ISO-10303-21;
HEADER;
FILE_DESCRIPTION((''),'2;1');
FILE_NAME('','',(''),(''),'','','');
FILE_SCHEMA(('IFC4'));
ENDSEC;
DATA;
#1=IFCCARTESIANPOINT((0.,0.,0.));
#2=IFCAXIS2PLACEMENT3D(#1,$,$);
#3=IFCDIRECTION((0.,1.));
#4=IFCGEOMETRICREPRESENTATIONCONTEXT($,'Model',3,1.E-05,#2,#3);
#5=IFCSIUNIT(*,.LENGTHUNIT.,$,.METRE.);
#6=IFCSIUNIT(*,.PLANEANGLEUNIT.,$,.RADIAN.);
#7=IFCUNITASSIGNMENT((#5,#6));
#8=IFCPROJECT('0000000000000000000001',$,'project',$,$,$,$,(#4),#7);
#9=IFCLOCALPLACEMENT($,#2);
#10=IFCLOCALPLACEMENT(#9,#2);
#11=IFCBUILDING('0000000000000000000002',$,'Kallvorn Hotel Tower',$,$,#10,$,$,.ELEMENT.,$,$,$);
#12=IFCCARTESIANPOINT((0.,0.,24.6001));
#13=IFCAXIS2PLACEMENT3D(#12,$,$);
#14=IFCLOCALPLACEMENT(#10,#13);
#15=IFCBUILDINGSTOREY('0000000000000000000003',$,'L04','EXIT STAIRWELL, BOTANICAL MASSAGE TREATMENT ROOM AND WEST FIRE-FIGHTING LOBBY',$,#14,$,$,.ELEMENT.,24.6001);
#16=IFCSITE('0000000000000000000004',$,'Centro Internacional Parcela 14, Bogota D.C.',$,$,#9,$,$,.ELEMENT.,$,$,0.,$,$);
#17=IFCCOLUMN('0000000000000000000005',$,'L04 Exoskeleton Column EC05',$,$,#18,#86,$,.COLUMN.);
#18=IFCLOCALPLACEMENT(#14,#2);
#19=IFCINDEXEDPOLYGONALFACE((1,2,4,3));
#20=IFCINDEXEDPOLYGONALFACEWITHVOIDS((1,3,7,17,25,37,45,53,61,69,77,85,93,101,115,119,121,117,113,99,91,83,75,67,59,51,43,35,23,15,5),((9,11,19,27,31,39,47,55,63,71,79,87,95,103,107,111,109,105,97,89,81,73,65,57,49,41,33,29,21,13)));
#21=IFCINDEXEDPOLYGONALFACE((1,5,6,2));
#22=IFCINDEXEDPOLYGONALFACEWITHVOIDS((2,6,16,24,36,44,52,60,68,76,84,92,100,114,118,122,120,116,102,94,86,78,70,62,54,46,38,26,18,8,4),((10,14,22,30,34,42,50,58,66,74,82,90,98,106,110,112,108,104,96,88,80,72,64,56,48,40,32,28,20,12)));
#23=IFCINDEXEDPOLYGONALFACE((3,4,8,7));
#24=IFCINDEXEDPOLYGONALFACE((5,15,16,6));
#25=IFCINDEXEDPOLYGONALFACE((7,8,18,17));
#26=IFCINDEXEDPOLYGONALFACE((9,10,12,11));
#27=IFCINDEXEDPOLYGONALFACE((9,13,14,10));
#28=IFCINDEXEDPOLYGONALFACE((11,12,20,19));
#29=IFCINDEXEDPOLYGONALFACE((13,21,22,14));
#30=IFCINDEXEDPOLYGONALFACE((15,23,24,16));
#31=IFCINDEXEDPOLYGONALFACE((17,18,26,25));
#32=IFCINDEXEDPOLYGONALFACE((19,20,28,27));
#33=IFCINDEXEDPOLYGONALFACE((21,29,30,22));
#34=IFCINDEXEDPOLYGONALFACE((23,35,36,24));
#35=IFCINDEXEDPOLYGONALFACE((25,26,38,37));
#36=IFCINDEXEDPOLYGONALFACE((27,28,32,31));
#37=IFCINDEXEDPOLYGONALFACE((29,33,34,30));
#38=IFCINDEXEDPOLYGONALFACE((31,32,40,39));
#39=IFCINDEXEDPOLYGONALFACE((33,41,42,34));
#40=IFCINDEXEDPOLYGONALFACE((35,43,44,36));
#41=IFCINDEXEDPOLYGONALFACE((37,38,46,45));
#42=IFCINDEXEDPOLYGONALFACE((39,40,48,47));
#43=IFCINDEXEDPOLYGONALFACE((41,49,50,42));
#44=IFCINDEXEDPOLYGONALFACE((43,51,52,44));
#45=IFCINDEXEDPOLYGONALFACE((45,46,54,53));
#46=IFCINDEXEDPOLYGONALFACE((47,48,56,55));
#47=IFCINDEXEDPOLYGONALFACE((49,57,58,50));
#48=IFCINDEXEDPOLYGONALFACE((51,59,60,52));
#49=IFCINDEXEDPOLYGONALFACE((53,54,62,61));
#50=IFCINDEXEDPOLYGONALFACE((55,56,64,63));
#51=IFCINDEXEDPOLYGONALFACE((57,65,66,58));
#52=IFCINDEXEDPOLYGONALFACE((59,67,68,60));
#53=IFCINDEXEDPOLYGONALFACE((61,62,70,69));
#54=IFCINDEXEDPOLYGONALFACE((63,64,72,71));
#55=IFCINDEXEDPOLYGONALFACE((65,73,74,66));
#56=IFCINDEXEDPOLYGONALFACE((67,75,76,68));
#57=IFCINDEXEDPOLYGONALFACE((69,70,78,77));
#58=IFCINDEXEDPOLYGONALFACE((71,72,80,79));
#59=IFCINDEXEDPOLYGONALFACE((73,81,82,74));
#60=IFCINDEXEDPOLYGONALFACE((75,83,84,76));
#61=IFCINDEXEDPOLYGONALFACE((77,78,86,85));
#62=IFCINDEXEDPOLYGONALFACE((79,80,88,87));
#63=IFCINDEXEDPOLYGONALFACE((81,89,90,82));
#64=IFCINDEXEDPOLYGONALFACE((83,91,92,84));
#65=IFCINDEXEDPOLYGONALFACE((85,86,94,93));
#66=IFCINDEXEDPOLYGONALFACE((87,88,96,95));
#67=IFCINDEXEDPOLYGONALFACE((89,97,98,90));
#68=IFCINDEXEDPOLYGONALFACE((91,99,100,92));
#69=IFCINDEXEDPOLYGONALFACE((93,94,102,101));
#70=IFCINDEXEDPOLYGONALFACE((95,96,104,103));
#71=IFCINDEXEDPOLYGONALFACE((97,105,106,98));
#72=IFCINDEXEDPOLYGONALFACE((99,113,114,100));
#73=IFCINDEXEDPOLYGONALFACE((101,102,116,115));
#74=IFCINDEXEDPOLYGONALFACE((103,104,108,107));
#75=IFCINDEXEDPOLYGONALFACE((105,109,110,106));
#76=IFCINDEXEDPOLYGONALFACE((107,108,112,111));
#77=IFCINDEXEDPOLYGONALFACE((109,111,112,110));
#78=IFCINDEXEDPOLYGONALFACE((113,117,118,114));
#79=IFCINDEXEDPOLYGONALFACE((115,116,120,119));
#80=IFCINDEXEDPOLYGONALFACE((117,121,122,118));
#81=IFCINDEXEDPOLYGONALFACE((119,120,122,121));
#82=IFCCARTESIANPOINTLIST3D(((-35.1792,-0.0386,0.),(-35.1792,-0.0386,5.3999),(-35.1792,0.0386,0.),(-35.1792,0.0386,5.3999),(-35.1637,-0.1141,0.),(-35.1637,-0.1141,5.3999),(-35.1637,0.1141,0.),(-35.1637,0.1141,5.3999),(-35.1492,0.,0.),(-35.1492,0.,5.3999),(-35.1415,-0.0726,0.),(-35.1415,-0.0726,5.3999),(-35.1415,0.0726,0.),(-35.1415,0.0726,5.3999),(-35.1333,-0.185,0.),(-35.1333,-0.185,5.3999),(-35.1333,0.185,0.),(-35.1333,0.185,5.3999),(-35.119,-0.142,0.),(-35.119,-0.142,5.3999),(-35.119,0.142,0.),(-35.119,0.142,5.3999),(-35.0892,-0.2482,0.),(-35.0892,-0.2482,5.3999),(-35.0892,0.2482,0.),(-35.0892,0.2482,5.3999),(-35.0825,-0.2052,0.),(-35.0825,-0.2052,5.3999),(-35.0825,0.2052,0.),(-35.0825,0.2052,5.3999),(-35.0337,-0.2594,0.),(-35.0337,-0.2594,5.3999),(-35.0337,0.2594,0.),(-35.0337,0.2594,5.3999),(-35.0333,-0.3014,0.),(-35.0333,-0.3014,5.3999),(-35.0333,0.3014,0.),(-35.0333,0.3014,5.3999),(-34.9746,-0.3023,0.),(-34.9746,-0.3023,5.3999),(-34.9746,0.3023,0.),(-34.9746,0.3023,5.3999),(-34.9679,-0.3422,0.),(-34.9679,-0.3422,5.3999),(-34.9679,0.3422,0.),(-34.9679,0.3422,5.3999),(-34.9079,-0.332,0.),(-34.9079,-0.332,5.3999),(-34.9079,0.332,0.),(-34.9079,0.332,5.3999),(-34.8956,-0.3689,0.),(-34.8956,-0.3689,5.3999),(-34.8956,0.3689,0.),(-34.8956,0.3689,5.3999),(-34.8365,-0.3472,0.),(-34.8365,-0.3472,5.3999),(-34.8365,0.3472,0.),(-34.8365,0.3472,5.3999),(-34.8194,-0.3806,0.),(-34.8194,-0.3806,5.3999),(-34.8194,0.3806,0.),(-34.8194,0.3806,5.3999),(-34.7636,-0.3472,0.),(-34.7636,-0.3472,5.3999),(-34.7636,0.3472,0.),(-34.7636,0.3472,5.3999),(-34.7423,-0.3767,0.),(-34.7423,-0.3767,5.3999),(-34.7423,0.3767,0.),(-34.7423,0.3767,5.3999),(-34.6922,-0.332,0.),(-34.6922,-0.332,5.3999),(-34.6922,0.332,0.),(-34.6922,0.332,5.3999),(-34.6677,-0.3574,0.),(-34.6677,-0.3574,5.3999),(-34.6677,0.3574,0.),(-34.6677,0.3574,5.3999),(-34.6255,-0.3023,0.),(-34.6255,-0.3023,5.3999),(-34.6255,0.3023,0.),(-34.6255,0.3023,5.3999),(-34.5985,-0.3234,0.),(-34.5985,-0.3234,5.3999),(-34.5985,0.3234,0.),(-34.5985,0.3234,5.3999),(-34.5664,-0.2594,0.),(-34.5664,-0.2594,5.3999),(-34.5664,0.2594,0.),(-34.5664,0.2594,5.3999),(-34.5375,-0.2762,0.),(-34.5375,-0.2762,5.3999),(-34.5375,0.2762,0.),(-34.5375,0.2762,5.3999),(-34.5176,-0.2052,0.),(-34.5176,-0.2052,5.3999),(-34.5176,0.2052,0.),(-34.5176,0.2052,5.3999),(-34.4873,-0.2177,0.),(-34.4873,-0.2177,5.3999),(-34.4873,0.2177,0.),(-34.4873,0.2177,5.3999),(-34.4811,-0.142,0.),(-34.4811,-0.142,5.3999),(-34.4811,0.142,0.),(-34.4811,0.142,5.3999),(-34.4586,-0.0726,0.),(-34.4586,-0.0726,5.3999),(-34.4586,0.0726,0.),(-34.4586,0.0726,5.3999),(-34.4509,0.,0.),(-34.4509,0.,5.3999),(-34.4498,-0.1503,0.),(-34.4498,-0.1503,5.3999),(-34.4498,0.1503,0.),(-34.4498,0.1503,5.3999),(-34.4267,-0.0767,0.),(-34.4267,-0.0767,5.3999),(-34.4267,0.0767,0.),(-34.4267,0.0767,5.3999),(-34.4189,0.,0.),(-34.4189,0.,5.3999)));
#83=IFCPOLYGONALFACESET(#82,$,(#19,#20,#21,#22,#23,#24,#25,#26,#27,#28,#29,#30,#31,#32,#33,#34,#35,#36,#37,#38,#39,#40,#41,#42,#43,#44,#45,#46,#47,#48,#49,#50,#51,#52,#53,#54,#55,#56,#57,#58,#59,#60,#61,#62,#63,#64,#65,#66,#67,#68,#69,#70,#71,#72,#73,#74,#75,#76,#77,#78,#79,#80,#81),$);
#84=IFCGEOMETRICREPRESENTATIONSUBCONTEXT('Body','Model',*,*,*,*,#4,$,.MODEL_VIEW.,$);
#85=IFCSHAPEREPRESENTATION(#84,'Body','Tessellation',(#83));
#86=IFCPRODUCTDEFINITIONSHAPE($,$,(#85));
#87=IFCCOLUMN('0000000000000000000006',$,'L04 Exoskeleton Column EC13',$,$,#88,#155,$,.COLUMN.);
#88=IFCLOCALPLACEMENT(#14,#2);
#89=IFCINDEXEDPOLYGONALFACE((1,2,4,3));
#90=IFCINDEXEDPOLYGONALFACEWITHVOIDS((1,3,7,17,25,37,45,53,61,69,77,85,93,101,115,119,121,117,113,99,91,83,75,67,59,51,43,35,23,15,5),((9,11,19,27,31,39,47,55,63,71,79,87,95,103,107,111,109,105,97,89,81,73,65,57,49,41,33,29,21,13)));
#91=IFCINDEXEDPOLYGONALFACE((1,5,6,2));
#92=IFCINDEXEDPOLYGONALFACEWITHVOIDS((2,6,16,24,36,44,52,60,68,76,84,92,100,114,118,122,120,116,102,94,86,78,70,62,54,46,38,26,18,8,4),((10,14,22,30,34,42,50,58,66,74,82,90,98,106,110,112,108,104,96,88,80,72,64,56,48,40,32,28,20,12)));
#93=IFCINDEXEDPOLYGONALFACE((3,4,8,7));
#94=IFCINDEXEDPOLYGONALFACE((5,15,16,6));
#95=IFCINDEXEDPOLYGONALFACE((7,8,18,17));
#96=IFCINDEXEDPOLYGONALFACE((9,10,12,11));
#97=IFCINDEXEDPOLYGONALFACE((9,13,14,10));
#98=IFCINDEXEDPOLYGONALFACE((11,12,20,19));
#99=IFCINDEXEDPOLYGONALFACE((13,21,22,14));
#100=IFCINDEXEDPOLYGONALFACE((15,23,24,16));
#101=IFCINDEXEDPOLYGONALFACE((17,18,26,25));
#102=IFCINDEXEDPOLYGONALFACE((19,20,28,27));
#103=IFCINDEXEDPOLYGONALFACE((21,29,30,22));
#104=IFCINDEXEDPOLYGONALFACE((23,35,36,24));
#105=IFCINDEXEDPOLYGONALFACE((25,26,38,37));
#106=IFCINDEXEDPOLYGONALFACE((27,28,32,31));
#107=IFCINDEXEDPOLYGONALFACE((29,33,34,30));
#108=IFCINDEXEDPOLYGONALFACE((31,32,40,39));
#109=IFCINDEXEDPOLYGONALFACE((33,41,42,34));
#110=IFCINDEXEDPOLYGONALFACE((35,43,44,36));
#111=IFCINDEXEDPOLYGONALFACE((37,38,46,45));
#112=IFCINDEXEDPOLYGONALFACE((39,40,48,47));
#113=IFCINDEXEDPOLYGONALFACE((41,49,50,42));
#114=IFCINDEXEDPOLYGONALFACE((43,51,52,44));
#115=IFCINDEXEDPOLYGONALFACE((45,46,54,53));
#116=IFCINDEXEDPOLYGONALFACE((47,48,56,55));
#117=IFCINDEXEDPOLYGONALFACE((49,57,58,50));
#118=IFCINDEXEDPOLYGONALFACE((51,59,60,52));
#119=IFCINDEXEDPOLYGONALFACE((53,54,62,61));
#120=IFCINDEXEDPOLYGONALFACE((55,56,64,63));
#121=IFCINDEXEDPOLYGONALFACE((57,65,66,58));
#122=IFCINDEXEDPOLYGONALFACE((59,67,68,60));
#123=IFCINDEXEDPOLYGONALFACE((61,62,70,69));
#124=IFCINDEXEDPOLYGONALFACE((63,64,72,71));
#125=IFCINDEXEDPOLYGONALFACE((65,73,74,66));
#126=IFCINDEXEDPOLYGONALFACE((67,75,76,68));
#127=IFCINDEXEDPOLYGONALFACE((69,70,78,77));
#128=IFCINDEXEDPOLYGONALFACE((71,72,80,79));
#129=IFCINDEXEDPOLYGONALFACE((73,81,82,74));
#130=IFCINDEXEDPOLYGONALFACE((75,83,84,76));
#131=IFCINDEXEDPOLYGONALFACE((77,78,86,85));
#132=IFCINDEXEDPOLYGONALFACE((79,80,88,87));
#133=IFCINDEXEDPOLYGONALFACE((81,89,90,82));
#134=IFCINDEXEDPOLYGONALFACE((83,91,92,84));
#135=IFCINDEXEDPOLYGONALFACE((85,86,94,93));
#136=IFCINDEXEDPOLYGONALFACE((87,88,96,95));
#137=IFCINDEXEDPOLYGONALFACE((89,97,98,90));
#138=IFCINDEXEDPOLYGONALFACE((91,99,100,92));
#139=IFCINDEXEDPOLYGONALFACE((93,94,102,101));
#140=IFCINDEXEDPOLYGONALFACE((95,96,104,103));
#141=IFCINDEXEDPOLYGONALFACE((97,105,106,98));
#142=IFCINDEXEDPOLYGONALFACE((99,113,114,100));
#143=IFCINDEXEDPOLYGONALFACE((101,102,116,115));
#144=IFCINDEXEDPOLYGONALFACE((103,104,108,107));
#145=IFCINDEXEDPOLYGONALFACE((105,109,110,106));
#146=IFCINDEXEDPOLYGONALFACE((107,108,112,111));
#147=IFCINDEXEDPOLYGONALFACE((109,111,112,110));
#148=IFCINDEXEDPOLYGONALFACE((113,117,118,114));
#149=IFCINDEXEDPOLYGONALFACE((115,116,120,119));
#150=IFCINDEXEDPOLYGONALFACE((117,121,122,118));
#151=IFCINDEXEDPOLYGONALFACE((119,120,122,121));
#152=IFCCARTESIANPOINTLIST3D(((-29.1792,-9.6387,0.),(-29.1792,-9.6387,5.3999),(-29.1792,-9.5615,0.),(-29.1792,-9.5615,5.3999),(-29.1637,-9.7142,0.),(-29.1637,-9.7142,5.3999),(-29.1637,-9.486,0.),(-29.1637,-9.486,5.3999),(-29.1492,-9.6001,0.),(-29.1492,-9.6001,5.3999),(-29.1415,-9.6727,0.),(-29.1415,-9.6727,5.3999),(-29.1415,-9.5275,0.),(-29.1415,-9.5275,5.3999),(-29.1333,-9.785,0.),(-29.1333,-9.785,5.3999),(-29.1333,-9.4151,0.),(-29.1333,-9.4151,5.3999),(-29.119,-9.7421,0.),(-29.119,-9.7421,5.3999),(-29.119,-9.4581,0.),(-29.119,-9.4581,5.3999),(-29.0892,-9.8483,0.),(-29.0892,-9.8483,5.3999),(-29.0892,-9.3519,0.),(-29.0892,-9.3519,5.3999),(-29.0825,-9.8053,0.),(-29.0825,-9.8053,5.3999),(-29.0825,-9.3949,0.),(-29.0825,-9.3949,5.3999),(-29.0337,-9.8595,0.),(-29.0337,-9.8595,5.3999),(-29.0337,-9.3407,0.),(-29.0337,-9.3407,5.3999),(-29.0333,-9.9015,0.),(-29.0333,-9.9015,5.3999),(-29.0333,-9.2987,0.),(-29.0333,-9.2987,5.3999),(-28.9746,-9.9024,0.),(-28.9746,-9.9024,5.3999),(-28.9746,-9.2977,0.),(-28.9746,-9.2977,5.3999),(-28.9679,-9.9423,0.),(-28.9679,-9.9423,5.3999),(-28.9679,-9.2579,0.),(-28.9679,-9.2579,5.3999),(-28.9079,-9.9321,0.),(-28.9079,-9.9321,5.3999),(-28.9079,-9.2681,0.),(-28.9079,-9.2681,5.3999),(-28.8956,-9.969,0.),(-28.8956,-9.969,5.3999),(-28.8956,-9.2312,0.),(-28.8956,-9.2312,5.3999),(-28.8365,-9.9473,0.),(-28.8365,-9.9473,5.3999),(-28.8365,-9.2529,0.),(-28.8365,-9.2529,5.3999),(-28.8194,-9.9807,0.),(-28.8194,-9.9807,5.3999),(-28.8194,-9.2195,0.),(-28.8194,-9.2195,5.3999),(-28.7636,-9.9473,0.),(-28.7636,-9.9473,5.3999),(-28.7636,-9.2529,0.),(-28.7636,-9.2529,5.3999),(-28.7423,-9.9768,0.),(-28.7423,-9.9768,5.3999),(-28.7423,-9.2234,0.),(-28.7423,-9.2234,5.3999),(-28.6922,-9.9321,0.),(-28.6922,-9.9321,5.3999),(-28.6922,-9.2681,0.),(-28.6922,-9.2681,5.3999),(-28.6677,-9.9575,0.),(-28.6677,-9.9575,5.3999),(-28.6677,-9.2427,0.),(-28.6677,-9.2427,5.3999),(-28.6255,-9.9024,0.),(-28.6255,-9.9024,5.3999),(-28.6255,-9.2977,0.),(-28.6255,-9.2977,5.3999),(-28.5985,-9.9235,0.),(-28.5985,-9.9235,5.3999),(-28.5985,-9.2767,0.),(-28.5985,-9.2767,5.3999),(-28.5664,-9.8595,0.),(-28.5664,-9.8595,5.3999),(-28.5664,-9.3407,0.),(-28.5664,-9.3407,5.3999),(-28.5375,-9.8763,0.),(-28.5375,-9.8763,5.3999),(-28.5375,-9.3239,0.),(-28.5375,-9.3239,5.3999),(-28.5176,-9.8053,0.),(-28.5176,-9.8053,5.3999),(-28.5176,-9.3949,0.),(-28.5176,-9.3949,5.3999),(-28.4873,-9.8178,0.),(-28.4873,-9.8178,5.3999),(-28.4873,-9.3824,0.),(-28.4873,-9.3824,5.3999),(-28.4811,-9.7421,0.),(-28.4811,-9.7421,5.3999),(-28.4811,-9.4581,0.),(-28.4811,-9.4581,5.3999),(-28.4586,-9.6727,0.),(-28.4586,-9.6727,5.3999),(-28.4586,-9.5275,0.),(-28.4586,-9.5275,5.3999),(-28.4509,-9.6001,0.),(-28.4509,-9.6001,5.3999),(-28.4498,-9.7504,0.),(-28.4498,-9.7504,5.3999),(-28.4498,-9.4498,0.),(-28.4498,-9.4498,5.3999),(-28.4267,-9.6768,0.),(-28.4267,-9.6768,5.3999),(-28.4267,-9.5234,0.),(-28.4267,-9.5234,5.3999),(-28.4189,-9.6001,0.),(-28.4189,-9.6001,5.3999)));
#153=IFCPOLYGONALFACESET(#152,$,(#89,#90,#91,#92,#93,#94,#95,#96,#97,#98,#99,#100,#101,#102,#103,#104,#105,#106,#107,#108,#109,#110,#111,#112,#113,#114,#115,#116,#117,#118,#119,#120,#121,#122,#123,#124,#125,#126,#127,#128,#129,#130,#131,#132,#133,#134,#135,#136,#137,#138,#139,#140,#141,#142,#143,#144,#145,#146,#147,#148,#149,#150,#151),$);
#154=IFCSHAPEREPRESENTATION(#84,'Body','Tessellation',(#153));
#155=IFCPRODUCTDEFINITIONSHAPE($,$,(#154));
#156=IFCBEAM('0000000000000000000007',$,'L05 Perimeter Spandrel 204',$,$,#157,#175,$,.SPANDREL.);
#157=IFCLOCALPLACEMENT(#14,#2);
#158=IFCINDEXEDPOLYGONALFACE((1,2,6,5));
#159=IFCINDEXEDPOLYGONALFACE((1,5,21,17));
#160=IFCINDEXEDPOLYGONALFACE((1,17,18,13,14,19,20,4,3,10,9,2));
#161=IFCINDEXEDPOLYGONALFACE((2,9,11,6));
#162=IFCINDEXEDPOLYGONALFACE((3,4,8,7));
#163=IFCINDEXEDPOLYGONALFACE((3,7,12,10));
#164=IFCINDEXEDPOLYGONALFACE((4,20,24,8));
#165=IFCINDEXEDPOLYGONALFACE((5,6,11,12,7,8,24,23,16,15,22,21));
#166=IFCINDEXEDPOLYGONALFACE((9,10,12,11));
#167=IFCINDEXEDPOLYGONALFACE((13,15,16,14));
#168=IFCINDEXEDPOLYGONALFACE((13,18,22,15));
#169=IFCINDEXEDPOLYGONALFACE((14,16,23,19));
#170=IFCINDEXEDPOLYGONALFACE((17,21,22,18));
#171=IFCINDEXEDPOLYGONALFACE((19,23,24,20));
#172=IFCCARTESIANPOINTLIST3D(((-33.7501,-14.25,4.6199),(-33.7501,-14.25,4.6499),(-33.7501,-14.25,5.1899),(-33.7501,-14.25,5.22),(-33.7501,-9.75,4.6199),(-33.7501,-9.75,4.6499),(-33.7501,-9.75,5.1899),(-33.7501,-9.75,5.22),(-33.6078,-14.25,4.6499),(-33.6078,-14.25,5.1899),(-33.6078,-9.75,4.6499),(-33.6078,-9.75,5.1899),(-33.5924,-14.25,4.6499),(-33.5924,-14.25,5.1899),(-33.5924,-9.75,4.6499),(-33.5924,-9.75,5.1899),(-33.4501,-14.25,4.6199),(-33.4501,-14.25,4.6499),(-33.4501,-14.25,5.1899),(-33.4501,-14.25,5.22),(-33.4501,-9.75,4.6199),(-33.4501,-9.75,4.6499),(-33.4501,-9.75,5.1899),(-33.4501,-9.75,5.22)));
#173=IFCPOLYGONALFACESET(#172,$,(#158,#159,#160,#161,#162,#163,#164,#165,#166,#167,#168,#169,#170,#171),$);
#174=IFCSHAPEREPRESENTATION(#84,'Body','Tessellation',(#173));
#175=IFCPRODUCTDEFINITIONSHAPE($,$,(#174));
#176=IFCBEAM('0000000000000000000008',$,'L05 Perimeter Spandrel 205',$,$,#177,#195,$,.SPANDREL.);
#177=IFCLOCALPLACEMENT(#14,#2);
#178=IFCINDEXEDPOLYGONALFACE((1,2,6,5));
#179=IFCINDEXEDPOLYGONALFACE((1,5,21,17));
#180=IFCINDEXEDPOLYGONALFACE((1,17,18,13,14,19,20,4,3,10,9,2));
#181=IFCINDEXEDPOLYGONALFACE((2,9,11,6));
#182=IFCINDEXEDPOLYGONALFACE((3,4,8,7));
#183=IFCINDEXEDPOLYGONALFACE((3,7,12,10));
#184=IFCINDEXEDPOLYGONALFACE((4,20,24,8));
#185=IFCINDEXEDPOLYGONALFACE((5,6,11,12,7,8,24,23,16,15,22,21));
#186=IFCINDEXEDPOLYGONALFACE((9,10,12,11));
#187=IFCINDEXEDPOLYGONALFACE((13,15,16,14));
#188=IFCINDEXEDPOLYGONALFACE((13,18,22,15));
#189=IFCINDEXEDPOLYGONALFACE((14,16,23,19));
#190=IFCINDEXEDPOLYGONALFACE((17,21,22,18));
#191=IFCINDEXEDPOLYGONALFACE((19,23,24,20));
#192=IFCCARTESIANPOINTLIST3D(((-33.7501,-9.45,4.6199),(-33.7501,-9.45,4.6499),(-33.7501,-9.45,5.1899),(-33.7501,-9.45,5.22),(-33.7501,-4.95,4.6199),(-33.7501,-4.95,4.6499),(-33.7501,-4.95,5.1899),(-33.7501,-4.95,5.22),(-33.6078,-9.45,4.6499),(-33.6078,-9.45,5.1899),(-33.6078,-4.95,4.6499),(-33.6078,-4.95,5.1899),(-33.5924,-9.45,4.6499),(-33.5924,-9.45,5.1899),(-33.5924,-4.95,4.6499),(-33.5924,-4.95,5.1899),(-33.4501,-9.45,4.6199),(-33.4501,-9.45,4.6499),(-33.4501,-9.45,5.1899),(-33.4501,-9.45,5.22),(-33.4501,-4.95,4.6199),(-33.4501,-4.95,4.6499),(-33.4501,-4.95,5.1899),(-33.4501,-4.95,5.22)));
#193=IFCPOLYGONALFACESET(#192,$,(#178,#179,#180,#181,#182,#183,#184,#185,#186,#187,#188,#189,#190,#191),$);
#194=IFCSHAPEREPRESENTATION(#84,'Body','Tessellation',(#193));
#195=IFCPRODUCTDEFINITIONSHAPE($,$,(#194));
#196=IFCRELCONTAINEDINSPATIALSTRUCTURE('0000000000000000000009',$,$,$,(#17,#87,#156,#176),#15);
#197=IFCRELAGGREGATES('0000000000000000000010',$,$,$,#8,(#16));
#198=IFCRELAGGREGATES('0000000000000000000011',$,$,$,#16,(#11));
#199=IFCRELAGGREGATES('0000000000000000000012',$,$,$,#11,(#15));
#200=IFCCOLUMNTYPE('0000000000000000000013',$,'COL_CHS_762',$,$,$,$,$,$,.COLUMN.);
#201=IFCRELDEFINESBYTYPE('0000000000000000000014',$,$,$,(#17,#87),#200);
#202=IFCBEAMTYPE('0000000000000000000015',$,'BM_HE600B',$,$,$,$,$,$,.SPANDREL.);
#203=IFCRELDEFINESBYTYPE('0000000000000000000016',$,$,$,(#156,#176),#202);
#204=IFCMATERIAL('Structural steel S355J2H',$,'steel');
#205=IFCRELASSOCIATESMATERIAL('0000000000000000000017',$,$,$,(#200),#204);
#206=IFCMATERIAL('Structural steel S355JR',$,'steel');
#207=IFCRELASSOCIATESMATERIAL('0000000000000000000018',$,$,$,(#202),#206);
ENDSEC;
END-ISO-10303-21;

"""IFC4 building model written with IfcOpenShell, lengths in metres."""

from ifc_helpers import new_model, si_unit, direction, frame, origin, origin_2d, place, context, subcontext, project, spatial, hollow_circle, i_section, extrude, material, material_profile, profile_set, type_object, element, save


model = new_model("IFC4")

# Units and contexts
model_context = context("Model", 3, precision=1e-05, world=origin(), true_north=direction((0.0, 1.0)))
body_context = subcontext(model_context, "Body", "Model", "MODEL_VIEW")
ifc_project = project(units=[si_unit("LENGTHUNIT", "METRE"), si_unit("PLANEANGLEUNIT", "RADIAN")], contexts=[model_context])

# Site, building, storey
site_placement = place(None, origin())
site = spatial("IfcSite", under=ifc_project, at=site_placement, Name="Centro Internacional Parcela 14, Bogota D.C.", CompositionType="ELEMENT", RefElevation=0.0)
building_placement = place(site_placement, origin())
building = spatial("IfcBuilding", under=site, at=building_placement, Name="Kallvorn Hotel Tower", CompositionType="ELEMENT")
storey_placement = place(building_placement, frame((0.0, 0.0, 24.6001)))
storey = spatial("IfcBuildingStorey", under=building, at=storey_placement, Name="L04", Description="EXIT STAIRWELL, BOTANICAL MASSAGE TREATMENT ROOM AND WEST FIRE-FIGHTING LOBBY", CompositionType="ELEMENT", Elevation=24.6001)

# Columns
ifc_material_1 = material(Name="Structural steel S355J2H", Category="steel")
ifc_material_profile_1 = material_profile(ifc_material_1, hollow_circle(Radius=0.3811, WallThickness=0.032, at=origin_2d()), Name="CHS 762x32")
ifc_profile_set_1 = profile_set([ifc_material_profile_1], Name="Structural steel S355J2H")
column_type = type_object("IfcColumnType", Name="COL_CHS_762", PredefinedType="COLUMN", material=ifc_profile_set_1)
for number, where, z_axis, x_axis, name in (
    (1, (-34.8, 0.0, 0.0), (0.0, 0.0, 1.0), (1.0, 0.0, 0.0), "L04 Exoskeleton Column EC05"),
    (2, (-28.8, -9.6001, 0.0), (0.0, 0.0, 1.0), (1.0, 0.0, 0.0), "L04 Exoskeleton Column EC13"),
):
    element("IfcColumn", number, at=place(storey_placement, frame(where, z_axis=z_axis, x_axis=x_axis)), inside=storey, type_object=column_type, Name=name, PredefinedType="COLUMN", context=body_context, shape_type="SweptSolid", body=[
        extrude(hollow_circle(Radius=0.3811, WallThickness=0.032, at=origin_2d()), origin(), (0.0, 0.0, 1.0), 5.3999),
    ])

# Beams
ifc_material_2 = material(Name="Structural steel S355JR", Category="steel")
ifc_material_profile_2 = material_profile(ifc_material_2, i_section(OverallWidth=0.3, OverallDepth=0.6001, WebThickness=0.0154, FlangeThickness=0.03, at=origin_2d()), Name="HE 600 B")
ifc_profile_set_2 = profile_set([ifc_material_profile_2], Name="Structural steel S355JR")
beam_type_1 = type_object("IfcBeamType", Name="BM_HE600B", PredefinedType="SPANDREL", material=ifc_profile_set_2)
for number, where, z_axis, x_axis, name in (
    (3, (-33.6001, -14.25, 4.9199), (0.0, 1.0, 0.0), (-1.0, 0.0, 0.0), "L05 Perimeter Spandrel 204"),
    (4, (-33.6001, -9.45, 4.9199), (0.0, 1.0, 0.0), (-1.0, 0.0, 0.0), "L05 Perimeter Spandrel 205"),
):
    element("IfcBeam", number, at=place(storey_placement, frame(where, z_axis=z_axis, x_axis=x_axis)), inside=storey, type_object=beam_type_1, Name=name, PredefinedType="SPANDREL", context=body_context, shape_type="SweptSolid", body=[
        extrude(i_section(OverallWidth=0.3, OverallDepth=0.6001, WebThickness=0.0154, FlangeThickness=0.03, at=origin_2d()), origin(), (0.0, 0.0, 1.0), 4.5),
    ])

save(model, "model.ifc")
